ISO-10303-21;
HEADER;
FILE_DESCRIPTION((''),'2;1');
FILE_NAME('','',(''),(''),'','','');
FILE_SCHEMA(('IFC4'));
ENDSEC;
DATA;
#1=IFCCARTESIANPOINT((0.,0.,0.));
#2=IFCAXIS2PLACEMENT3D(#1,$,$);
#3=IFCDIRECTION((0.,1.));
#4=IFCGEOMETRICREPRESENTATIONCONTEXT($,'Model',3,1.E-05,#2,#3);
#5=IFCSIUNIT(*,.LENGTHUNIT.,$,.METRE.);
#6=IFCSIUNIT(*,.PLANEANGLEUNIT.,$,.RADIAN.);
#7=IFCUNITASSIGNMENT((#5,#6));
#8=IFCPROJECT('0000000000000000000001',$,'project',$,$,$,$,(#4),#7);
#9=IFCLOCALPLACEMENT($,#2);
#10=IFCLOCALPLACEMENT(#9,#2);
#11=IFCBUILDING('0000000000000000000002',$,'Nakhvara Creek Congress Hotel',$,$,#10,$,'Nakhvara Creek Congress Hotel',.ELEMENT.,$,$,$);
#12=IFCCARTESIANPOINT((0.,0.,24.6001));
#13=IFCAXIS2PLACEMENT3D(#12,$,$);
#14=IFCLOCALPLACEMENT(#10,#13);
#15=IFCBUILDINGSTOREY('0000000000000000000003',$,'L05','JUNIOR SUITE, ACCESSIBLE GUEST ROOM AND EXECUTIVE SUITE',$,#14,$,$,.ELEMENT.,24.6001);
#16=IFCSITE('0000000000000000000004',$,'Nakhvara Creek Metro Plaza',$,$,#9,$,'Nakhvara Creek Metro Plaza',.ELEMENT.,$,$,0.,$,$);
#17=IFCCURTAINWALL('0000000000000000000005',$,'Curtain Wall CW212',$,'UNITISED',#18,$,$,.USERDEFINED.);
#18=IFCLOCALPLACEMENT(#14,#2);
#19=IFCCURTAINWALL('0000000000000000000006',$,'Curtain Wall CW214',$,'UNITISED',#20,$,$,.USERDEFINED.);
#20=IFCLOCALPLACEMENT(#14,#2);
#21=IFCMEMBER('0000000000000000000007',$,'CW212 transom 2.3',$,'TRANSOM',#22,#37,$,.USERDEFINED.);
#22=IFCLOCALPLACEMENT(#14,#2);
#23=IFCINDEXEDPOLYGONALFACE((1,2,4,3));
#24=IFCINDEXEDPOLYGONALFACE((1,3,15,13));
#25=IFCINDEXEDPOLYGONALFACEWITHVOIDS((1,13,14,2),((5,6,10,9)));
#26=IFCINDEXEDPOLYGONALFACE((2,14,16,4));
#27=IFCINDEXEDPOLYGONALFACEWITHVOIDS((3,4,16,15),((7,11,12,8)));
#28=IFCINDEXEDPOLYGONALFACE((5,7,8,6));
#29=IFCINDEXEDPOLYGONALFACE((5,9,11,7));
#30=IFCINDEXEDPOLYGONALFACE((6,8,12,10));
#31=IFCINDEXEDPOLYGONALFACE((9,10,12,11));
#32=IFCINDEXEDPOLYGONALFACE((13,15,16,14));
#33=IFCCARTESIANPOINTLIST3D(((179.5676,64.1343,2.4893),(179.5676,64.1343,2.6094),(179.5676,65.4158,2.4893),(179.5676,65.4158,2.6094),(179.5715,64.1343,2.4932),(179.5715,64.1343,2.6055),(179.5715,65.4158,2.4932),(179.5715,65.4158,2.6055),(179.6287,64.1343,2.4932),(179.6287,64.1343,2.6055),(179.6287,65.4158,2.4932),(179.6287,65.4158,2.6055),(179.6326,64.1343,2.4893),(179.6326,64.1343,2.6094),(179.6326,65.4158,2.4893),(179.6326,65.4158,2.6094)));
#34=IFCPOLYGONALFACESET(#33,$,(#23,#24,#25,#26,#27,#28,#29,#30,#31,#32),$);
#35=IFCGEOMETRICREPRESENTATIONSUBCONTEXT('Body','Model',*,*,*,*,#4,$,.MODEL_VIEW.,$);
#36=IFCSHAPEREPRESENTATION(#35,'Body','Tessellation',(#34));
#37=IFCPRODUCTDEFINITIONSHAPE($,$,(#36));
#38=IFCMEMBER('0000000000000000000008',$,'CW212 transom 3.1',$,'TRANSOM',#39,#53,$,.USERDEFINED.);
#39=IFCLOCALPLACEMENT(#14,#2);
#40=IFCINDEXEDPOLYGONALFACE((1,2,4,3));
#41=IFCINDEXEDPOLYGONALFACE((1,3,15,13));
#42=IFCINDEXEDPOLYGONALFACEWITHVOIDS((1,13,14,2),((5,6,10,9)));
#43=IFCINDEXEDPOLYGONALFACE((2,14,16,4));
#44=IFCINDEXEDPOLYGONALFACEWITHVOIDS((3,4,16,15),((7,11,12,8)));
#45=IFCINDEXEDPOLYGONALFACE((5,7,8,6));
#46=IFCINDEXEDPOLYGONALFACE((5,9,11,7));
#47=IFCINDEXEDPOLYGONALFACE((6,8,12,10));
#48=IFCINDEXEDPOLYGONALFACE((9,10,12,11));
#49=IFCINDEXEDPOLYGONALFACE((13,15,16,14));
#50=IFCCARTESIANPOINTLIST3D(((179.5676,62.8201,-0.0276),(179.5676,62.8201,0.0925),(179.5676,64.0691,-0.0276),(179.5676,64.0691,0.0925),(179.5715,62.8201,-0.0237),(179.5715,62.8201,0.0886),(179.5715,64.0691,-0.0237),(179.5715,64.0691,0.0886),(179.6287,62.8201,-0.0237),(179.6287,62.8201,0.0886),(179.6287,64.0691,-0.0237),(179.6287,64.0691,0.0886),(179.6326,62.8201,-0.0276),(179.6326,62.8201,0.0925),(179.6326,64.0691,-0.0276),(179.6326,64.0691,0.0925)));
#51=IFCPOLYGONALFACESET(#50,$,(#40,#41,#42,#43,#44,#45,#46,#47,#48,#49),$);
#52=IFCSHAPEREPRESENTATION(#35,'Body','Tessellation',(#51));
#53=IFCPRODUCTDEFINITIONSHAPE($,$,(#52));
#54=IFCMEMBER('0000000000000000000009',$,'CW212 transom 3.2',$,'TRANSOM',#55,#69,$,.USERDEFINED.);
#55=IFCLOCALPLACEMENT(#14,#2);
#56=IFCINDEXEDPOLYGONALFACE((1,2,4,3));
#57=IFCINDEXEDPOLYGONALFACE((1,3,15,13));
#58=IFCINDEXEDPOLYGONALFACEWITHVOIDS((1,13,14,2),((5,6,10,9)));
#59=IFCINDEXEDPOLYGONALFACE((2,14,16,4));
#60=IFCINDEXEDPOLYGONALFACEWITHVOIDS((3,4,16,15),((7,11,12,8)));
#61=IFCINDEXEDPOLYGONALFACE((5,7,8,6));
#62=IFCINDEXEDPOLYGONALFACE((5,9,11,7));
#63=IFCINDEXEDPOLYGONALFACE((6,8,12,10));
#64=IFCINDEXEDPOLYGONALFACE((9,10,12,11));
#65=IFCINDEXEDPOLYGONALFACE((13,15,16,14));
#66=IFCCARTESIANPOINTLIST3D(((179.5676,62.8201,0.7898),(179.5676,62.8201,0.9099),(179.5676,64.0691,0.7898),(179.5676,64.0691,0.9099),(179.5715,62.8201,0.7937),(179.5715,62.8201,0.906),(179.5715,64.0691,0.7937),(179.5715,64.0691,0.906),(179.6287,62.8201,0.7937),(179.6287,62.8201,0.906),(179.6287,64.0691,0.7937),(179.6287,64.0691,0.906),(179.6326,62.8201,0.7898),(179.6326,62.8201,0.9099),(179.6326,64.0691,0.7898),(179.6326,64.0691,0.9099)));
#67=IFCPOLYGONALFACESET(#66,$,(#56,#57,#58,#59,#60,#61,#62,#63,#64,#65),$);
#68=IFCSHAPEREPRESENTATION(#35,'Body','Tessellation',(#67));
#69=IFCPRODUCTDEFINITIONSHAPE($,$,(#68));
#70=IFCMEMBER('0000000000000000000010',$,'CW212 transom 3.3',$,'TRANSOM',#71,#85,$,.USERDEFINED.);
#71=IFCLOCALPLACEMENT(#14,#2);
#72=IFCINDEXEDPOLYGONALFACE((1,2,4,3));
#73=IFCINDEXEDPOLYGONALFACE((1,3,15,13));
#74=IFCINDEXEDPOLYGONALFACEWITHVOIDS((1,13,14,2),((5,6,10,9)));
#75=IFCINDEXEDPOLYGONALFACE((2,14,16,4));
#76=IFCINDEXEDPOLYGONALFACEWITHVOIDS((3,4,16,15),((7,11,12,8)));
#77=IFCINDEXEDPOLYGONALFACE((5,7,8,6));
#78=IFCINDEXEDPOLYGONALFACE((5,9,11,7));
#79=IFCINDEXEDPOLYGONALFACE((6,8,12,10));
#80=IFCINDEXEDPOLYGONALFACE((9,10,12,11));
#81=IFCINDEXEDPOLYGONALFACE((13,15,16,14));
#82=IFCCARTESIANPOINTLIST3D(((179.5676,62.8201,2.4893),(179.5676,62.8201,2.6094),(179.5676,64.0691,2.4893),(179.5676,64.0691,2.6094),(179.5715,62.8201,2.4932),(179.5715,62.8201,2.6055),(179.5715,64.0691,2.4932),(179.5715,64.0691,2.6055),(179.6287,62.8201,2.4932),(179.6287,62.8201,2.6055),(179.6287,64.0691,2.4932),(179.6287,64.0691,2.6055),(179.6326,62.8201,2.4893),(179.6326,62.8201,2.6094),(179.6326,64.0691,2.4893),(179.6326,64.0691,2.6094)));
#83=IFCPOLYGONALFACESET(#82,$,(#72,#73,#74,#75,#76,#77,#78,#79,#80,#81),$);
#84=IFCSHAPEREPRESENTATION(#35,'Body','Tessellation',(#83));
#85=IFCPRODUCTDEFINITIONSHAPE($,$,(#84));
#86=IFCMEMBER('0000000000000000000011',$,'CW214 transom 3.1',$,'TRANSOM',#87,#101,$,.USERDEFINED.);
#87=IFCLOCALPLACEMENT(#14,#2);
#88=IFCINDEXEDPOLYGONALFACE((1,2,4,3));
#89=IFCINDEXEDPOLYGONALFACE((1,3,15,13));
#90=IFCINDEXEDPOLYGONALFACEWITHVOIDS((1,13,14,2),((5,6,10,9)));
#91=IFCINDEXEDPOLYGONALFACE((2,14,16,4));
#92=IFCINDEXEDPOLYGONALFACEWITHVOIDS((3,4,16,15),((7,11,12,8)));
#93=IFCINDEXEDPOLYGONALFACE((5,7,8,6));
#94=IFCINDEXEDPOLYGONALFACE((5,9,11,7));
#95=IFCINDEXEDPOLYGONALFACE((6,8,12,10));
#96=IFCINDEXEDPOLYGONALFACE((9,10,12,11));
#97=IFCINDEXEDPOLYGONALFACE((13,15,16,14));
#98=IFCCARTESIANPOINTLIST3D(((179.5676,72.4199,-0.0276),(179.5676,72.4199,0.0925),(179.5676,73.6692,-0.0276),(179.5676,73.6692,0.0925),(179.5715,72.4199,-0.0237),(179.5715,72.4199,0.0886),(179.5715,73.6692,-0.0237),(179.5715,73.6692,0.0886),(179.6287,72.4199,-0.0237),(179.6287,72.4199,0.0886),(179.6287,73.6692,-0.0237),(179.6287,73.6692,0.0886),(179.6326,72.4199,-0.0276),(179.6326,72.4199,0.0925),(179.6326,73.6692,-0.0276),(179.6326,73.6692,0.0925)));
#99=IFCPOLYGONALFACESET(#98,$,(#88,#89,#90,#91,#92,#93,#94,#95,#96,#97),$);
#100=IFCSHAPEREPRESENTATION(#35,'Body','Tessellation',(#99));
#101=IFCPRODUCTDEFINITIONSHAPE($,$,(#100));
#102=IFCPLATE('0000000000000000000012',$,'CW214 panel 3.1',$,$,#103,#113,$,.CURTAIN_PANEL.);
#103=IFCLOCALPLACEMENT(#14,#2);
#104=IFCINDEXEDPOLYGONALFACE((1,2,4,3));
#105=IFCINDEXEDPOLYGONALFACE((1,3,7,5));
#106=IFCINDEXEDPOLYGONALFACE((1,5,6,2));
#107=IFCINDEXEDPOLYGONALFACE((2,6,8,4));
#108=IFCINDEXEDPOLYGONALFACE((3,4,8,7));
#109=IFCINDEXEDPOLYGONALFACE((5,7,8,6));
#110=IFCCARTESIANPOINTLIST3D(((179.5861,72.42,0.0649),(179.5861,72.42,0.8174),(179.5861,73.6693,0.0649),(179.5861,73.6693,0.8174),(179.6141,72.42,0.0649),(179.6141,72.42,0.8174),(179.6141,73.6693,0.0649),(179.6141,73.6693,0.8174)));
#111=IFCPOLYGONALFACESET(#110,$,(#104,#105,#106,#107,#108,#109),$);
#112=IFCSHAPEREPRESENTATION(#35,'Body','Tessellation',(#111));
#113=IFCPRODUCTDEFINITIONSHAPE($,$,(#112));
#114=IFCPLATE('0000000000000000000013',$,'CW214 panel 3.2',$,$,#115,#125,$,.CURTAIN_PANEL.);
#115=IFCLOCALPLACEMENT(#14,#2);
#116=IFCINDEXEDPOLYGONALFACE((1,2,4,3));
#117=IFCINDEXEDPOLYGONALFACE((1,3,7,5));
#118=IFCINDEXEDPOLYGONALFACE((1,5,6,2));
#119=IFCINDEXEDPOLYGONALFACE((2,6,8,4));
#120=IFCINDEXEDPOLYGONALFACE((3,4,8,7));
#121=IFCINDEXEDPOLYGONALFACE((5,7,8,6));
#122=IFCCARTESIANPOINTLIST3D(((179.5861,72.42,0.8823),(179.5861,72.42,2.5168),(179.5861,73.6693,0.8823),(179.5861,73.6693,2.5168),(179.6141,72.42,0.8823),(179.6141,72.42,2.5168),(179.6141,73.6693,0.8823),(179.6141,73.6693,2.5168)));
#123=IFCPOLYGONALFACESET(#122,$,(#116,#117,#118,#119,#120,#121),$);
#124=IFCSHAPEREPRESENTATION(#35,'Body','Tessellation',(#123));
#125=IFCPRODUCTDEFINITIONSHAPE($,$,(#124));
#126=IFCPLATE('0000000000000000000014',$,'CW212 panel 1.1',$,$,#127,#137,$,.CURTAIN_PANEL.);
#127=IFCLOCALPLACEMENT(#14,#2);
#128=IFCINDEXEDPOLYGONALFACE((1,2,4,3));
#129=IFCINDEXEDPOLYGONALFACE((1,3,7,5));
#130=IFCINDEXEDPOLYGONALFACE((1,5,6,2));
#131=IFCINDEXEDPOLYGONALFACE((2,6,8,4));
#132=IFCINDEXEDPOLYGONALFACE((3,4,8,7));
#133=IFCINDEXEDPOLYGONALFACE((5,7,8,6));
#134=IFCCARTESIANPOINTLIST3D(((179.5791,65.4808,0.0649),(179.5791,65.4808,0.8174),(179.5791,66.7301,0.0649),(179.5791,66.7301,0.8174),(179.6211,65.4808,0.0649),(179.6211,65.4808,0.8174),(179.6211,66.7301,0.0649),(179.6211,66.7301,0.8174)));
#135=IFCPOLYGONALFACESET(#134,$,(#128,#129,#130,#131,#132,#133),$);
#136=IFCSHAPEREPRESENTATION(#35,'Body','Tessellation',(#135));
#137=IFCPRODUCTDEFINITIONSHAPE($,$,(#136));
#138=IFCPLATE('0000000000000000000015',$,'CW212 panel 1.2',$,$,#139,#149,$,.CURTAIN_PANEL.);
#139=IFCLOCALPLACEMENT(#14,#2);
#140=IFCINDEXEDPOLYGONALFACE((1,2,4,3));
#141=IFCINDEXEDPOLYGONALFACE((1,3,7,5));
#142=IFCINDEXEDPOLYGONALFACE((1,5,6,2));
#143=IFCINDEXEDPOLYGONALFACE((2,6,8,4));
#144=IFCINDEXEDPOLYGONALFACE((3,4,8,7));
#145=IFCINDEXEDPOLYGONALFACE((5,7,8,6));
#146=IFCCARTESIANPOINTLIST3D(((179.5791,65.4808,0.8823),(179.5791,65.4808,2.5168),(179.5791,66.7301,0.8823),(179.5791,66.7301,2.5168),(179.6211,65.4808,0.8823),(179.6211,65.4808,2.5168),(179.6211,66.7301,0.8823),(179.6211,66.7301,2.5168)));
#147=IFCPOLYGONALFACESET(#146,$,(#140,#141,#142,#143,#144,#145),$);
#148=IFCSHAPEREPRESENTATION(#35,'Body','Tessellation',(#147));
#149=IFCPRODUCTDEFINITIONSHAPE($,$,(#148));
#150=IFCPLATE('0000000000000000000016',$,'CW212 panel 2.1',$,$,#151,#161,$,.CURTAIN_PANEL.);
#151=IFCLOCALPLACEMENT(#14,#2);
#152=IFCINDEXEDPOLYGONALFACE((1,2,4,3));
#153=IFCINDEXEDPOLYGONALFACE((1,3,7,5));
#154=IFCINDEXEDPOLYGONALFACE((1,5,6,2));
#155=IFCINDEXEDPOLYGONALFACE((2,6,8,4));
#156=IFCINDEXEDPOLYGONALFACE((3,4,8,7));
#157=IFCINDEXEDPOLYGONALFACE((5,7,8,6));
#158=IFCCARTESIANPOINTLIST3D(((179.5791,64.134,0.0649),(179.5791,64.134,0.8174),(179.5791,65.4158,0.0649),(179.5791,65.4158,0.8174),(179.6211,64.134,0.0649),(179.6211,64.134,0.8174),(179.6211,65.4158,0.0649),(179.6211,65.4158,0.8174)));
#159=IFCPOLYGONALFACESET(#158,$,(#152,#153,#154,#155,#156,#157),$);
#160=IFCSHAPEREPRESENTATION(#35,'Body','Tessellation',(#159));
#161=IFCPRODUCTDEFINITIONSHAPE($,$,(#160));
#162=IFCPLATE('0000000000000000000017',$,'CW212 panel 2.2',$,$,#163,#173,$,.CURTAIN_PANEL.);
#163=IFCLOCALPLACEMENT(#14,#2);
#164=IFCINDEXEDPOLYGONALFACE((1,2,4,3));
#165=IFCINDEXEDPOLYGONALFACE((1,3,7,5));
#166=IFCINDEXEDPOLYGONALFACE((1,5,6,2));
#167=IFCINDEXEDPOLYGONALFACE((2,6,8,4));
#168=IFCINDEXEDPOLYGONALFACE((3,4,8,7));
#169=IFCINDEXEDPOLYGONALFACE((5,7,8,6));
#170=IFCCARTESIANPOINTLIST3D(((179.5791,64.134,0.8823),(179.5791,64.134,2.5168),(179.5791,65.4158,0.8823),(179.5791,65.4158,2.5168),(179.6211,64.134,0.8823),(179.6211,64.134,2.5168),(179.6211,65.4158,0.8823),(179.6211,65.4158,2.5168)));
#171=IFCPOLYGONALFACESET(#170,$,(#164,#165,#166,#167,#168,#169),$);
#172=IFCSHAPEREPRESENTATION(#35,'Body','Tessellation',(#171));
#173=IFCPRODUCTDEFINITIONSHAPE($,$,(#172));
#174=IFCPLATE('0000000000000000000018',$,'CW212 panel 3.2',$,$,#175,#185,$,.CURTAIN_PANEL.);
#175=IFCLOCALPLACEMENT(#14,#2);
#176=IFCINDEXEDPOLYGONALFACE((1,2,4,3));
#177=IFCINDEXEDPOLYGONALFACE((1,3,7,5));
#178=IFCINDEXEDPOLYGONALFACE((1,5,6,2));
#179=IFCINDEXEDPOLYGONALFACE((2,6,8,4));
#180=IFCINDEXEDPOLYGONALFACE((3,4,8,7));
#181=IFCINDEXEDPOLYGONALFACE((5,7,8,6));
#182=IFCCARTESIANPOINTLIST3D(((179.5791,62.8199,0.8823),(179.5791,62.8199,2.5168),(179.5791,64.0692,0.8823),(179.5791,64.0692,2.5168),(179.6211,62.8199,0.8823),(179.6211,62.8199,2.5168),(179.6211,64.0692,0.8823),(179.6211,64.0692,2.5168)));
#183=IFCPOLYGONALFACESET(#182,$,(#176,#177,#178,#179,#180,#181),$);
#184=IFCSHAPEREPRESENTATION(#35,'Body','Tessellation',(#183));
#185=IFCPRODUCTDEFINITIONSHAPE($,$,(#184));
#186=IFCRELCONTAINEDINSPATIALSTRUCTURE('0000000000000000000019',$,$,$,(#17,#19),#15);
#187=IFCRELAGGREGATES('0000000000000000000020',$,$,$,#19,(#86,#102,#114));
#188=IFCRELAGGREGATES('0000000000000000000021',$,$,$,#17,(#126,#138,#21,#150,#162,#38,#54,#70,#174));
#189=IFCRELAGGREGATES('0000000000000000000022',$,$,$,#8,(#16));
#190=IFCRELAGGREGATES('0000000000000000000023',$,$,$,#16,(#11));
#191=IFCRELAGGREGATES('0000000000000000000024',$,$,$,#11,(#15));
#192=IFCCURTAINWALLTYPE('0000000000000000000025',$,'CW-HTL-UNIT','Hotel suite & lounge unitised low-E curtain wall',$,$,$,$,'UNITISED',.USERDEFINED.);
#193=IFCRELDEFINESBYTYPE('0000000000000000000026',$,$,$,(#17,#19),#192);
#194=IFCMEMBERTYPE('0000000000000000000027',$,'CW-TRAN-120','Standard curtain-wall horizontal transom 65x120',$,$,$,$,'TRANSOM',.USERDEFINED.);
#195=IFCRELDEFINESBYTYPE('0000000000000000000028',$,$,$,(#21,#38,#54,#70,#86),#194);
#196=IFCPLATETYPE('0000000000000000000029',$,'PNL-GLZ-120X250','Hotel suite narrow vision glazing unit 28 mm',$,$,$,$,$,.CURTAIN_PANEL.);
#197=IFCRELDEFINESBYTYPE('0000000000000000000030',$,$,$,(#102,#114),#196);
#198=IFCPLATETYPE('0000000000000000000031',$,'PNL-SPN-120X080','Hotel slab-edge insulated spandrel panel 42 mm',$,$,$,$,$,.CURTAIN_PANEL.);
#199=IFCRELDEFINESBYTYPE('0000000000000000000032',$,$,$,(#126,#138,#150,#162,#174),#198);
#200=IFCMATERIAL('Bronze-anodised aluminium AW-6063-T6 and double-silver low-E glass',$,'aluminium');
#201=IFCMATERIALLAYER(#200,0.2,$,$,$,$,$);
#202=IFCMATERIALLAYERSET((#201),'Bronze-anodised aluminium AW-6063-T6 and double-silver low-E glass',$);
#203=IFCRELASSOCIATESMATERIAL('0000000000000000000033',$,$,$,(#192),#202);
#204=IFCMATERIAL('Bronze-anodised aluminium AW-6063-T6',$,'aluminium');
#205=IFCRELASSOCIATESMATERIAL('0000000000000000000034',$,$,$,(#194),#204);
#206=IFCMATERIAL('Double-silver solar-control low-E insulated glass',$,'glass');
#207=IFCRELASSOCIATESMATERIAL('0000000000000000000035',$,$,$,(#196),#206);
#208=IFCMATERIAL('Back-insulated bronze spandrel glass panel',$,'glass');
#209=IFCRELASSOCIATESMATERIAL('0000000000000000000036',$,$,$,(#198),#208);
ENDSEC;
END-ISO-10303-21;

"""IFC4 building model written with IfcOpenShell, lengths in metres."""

from ifc_helpers import new_model, si_unit, direction, frame, origin, origin_2d, place, context, subcontext, project, spatial, rectangle, hollow_rectangle, extrude, material, layer, layer_set, material_profile, profile_set, type_object, element, aggregate, save


model = new_model("IFC4")

# Units and contexts
model_context = context("Model", 3, precision=1e-05, world=origin(), true_north=direction((0.0, 1.0)))
body_context = subcontext(model_context, "Body", "Model", "MODEL_VIEW")
ifc_project = project(units=[si_unit("LENGTHUNIT", "METRE"), si_unit("PLANEANGLEUNIT", "RADIAN")], contexts=[model_context])

# Site, building, storey
site_placement = place(None, origin())
site = spatial("IfcSite", under=ifc_project, at=site_placement, Name="Nakhvara Creek Metro Plaza", LongName="Nakhvara Creek Metro Plaza", CompositionType="ELEMENT", RefElevation=0.0)
building_placement = place(site_placement, origin())
building = spatial("IfcBuilding", under=site, at=building_placement, Name="Nakhvara Creek Congress Hotel", LongName="Nakhvara Creek Congress Hotel", CompositionType="ELEMENT")
storey_placement = place(building_placement, frame((0.0, 0.0, 24.6001)))
storey = spatial("IfcBuildingStorey", under=building, at=storey_placement, Name="L05", Description="JUNIOR SUITE, ACCESSIBLE GUEST ROOM AND EXECUTIVE SUITE", CompositionType="ELEMENT", Elevation=24.6001)

# Curtain wall
ifc_material_1 = material(Name="Bronze-anodised aluminium AW-6063-T6 and double-silver low-E glass", Category="aluminium")
ifc_layer_1 = layer(ifc_material_1, 0.2)
ifc_layer_set_1 = layer_set([ifc_layer_1], Name="Bronze-anodised aluminium AW-6063-T6 and double-silver low-E glass")
curtain_wall_type = type_object("IfcCurtainWallType", Name="CW-HTL-UNIT", Description="Hotel suite & lounge unitised low-E curtain wall", ElementType="UNITISED", PredefinedType="USERDEFINED", material=ifc_layer_set_1)
curtain_wall_1_placement = place(storey_placement, origin())
curtain_wall_1 = element("IfcCurtainWall", 1, at=curtain_wall_1_placement, inside=storey, type_object=curtain_wall_type, Name="Curtain Wall CW212", ObjectType="UNITISED", PredefinedType="USERDEFINED")
ifc_material_2 = material(Name="Bronze-anodised aluminium AW-6063-T6", Category="aluminium")

# Curtain wall
curtain_wall_2_placement = place(storey_placement, origin())
curtain_wall_2 = element("IfcCurtainWall", 2, at=curtain_wall_2_placement, inside=storey, type_object=curtain_wall_type, Name="Curtain Wall CW214", ObjectType="UNITISED", PredefinedType="USERDEFINED")

# Members
ifc_material_profile_1 = material_profile(ifc_material_2, hollow_rectangle(XDim=0.0649, YDim=0.1201, WallThickness=0.0039, at=origin_2d()), Name="ALU-TRAN 65x120x4", Category="LoadBearing")
ifc_profile_set_1 = profile_set([ifc_material_profile_1], Name="Bronze-anodised aluminium AW-6063-T6")
member_type_1 = type_object("IfcMemberType", Name="CW-TRAN-120", Description="Standard curtain-wall horizontal transom 65x120", ElementType="TRANSOM", PredefinedType="USERDEFINED", material=ifc_profile_set_1)
member_1_placement = place(storey_placement, frame((179.6001, 65.4158, 2.5493), z_axis=(0.0, -1.0, 0.0), x_axis=(1.0, 0.0, 0.0)))
member_1 = element("IfcMember", 3, at=member_1_placement, type_object=member_type_1, Name="CW212 transom 2.3", ObjectType="TRANSOM", PredefinedType="USERDEFINED", context=body_context, shape_type="SweptSolid", body=[
    extrude(hollow_rectangle(XDim=0.0649, YDim=0.1201, WallThickness=0.0039, at=origin_2d()), origin(), (0.0, 0.0, 1.0), 1.2815),
])
member_2_placement = place(storey_placement, frame((179.6001, 64.0691, 0.0325), z_axis=(0.0, -1.0, 0.0), x_axis=(1.0, 0.0, 0.0)))
member_2 = element("IfcMember", 4, at=member_2_placement, type_object=member_type_1, Name="CW212 transom 3.1", ObjectType="TRANSOM", PredefinedType="USERDEFINED", context=body_context, shape_type="SweptSolid", body=[
    extrude(hollow_rectangle(XDim=0.0649, YDim=0.1201, WallThickness=0.0039, at=origin_2d()), origin(), (0.0, 0.0, 1.0), 1.249),
])
member_3_placement = place(storey_placement, frame((179.6001, 64.0691, 0.8499), z_axis=(0.0, -1.0, 0.0), x_axis=(1.0, 0.0, 0.0)))
member_3 = element("IfcMember", 5, at=member_3_placement, type_object=member_type_1, Name="CW212 transom 3.2", ObjectType="TRANSOM", PredefinedType="USERDEFINED", context=body_context, shape_type="SweptSolid", body=[
    extrude(hollow_rectangle(XDim=0.0649, YDim=0.1201, WallThickness=0.0039, at=origin_2d()), origin(), (0.0, 0.0, 1.0), 1.249),
])
member_4_placement = place(storey_placement, frame((179.6001, 64.0691, 2.5493), z_axis=(0.0, -1.0, 0.0), x_axis=(1.0, 0.0, 0.0)))
member_4 = element("IfcMember", 6, at=member_4_placement, type_object=member_type_1, Name="CW212 transom 3.3", ObjectType="TRANSOM", PredefinedType="USERDEFINED", context=body_context, shape_type="SweptSolid", body=[
    extrude(hollow_rectangle(XDim=0.0649, YDim=0.1201, WallThickness=0.0039, at=origin_2d()), origin(), (0.0, 0.0, 1.0), 1.249),
])
member_5_placement = place(storey_placement, frame((179.6001, 73.6692, 0.0325), z_axis=(0.0, -1.0, 0.0), x_axis=(1.0, 0.0, 0.0)))
member_5 = element("IfcMember", 7, at=member_5_placement, type_object=member_type_1, Name="CW214 transom 3.1", ObjectType="TRANSOM", PredefinedType="USERDEFINED", context=body_context, shape_type="SweptSolid", body=[
    extrude(hollow_rectangle(XDim=0.0649, YDim=0.1201, WallThickness=0.0039, at=origin_2d()), origin(), (0.0, 0.0, 1.0), 1.2493),
])

# Plates
ifc_material_3 = material(Name="Double-silver solar-control low-E insulated glass", Category="glass")
plate_type_1 = type_object("IfcPlateType", Name="PNL-GLZ-120X250", Description="Hotel suite narrow vision glazing unit 28 mm", PredefinedType="CURTAIN_PANEL", material=ifc_material_3)
plate_1_placement = place(storey_placement, frame((179.6001, 73.0447, 0.0649), z_axis=(0.0, 0.0, 1.0), x_axis=(0.0, -1.0, 0.0)))
plate_1 = element("IfcPlate", 8, at=plate_1_placement, type_object=plate_type_1, Name="CW214 panel 3.1", PredefinedType="CURTAIN_PANEL", context=body_context, shape_type="SweptSolid", body=[
    extrude(rectangle(XDim=1.2493, YDim=0.0281, at=origin_2d()), origin(), (0.0, 0.0, 1.0), 0.7524),
])
plate_2_placement = place(storey_placement, frame((179.6001, 73.0447, 0.8823), z_axis=(0.0, 0.0, 1.0), x_axis=(0.0, -1.0, 0.0)))
plate_2 = element("IfcPlate", 9, at=plate_2_placement, type_object=plate_type_1, Name="CW214 panel 3.2", PredefinedType="CURTAIN_PANEL", context=body_context, shape_type="SweptSolid", body=[
    extrude(rectangle(XDim=1.2493, YDim=0.0281, at=origin_2d()), origin(), (0.0, 0.0, 1.0), 1.6345),
])
aggregate(curtain_wall_2, [member_5, plate_1, plate_2])
ifc_material_4 = material(Name="Back-insulated bronze spandrel glass panel", Category="glass")
plate_type_2 = type_object("IfcPlateType", Name="PNL-SPN-120X080", Description="Hotel slab-edge insulated spandrel panel 42 mm", PredefinedType="CURTAIN_PANEL", material=ifc_material_4)
plate_3_placement = place(storey_placement, frame((179.6001, 66.1055, 0.0649), z_axis=(0.0, 0.0, 1.0), x_axis=(0.0, -1.0, 0.0)))
plate_3 = element("IfcPlate", 10, at=plate_3_placement, type_object=plate_type_2, Name="CW212 panel 1.1", PredefinedType="CURTAIN_PANEL", context=body_context, shape_type="SweptSolid", body=[
    extrude(rectangle(XDim=1.2493, YDim=0.042, at=origin_2d()), origin(), (0.0, 0.0, 1.0), 0.7524),
])
plate_4_placement = place(storey_placement, frame((179.6001, 66.1055, 0.8823), z_axis=(0.0, 0.0, 1.0), x_axis=(0.0, -1.0, 0.0)))
plate_4 = element("IfcPlate", 11, at=plate_4_placement, type_object=plate_type_2, Name="CW212 panel 1.2", PredefinedType="CURTAIN_PANEL", context=body_context, shape_type="SweptSolid", body=[
    extrude(rectangle(XDim=1.2493, YDim=0.042, at=origin_2d()), origin(), (0.0, 0.0, 1.0), 1.6345),
])
plate_5_placement = place(storey_placement, frame((179.6001, 64.7749, 0.0649), z_axis=(0.0, 0.0, 1.0), x_axis=(0.0, -1.0, 0.0)))
plate_5 = element("IfcPlate", 12, at=plate_5_placement, type_object=plate_type_2, Name="CW212 panel 2.1", PredefinedType="CURTAIN_PANEL", context=body_context, shape_type="SweptSolid", body=[
    extrude(rectangle(XDim=1.2817, YDim=0.042, at=origin_2d()), origin(), (0.0, 0.0, 1.0), 0.7524),
])
plate_6_placement = place(storey_placement, frame((179.6001, 64.7749, 0.8823), z_axis=(0.0, 0.0, 1.0), x_axis=(0.0, -1.0, 0.0)))
plate_6 = element("IfcPlate", 13, at=plate_6_placement, type_object=plate_type_2, Name="CW212 panel 2.2", PredefinedType="CURTAIN_PANEL", context=body_context, shape_type="SweptSolid", body=[
    extrude(rectangle(XDim=1.2817, YDim=0.042, at=origin_2d()), origin(), (0.0, 0.0, 1.0), 1.6345),
])
plate_7_placement = place(storey_placement, frame((179.6001, 63.4446, 0.8823), z_axis=(0.0, 0.0, 1.0), x_axis=(0.0, -1.0, 0.0)))
plate_7 = element("IfcPlate", 14, at=plate_7_placement, type_object=plate_type_2, Name="CW212 panel 3.2", PredefinedType="CURTAIN_PANEL", context=body_context, shape_type="SweptSolid", body=[
    extrude(rectangle(XDim=1.2493, YDim=0.042, at=origin_2d()), origin(), (0.0, 0.0, 1.0), 1.6345),
])
aggregate(curtain_wall_1, [plate_3, plate_4, member_1, plate_5, plate_6, member_2, member_3, member_4, plate_7])

save(model, "model.ifc")
